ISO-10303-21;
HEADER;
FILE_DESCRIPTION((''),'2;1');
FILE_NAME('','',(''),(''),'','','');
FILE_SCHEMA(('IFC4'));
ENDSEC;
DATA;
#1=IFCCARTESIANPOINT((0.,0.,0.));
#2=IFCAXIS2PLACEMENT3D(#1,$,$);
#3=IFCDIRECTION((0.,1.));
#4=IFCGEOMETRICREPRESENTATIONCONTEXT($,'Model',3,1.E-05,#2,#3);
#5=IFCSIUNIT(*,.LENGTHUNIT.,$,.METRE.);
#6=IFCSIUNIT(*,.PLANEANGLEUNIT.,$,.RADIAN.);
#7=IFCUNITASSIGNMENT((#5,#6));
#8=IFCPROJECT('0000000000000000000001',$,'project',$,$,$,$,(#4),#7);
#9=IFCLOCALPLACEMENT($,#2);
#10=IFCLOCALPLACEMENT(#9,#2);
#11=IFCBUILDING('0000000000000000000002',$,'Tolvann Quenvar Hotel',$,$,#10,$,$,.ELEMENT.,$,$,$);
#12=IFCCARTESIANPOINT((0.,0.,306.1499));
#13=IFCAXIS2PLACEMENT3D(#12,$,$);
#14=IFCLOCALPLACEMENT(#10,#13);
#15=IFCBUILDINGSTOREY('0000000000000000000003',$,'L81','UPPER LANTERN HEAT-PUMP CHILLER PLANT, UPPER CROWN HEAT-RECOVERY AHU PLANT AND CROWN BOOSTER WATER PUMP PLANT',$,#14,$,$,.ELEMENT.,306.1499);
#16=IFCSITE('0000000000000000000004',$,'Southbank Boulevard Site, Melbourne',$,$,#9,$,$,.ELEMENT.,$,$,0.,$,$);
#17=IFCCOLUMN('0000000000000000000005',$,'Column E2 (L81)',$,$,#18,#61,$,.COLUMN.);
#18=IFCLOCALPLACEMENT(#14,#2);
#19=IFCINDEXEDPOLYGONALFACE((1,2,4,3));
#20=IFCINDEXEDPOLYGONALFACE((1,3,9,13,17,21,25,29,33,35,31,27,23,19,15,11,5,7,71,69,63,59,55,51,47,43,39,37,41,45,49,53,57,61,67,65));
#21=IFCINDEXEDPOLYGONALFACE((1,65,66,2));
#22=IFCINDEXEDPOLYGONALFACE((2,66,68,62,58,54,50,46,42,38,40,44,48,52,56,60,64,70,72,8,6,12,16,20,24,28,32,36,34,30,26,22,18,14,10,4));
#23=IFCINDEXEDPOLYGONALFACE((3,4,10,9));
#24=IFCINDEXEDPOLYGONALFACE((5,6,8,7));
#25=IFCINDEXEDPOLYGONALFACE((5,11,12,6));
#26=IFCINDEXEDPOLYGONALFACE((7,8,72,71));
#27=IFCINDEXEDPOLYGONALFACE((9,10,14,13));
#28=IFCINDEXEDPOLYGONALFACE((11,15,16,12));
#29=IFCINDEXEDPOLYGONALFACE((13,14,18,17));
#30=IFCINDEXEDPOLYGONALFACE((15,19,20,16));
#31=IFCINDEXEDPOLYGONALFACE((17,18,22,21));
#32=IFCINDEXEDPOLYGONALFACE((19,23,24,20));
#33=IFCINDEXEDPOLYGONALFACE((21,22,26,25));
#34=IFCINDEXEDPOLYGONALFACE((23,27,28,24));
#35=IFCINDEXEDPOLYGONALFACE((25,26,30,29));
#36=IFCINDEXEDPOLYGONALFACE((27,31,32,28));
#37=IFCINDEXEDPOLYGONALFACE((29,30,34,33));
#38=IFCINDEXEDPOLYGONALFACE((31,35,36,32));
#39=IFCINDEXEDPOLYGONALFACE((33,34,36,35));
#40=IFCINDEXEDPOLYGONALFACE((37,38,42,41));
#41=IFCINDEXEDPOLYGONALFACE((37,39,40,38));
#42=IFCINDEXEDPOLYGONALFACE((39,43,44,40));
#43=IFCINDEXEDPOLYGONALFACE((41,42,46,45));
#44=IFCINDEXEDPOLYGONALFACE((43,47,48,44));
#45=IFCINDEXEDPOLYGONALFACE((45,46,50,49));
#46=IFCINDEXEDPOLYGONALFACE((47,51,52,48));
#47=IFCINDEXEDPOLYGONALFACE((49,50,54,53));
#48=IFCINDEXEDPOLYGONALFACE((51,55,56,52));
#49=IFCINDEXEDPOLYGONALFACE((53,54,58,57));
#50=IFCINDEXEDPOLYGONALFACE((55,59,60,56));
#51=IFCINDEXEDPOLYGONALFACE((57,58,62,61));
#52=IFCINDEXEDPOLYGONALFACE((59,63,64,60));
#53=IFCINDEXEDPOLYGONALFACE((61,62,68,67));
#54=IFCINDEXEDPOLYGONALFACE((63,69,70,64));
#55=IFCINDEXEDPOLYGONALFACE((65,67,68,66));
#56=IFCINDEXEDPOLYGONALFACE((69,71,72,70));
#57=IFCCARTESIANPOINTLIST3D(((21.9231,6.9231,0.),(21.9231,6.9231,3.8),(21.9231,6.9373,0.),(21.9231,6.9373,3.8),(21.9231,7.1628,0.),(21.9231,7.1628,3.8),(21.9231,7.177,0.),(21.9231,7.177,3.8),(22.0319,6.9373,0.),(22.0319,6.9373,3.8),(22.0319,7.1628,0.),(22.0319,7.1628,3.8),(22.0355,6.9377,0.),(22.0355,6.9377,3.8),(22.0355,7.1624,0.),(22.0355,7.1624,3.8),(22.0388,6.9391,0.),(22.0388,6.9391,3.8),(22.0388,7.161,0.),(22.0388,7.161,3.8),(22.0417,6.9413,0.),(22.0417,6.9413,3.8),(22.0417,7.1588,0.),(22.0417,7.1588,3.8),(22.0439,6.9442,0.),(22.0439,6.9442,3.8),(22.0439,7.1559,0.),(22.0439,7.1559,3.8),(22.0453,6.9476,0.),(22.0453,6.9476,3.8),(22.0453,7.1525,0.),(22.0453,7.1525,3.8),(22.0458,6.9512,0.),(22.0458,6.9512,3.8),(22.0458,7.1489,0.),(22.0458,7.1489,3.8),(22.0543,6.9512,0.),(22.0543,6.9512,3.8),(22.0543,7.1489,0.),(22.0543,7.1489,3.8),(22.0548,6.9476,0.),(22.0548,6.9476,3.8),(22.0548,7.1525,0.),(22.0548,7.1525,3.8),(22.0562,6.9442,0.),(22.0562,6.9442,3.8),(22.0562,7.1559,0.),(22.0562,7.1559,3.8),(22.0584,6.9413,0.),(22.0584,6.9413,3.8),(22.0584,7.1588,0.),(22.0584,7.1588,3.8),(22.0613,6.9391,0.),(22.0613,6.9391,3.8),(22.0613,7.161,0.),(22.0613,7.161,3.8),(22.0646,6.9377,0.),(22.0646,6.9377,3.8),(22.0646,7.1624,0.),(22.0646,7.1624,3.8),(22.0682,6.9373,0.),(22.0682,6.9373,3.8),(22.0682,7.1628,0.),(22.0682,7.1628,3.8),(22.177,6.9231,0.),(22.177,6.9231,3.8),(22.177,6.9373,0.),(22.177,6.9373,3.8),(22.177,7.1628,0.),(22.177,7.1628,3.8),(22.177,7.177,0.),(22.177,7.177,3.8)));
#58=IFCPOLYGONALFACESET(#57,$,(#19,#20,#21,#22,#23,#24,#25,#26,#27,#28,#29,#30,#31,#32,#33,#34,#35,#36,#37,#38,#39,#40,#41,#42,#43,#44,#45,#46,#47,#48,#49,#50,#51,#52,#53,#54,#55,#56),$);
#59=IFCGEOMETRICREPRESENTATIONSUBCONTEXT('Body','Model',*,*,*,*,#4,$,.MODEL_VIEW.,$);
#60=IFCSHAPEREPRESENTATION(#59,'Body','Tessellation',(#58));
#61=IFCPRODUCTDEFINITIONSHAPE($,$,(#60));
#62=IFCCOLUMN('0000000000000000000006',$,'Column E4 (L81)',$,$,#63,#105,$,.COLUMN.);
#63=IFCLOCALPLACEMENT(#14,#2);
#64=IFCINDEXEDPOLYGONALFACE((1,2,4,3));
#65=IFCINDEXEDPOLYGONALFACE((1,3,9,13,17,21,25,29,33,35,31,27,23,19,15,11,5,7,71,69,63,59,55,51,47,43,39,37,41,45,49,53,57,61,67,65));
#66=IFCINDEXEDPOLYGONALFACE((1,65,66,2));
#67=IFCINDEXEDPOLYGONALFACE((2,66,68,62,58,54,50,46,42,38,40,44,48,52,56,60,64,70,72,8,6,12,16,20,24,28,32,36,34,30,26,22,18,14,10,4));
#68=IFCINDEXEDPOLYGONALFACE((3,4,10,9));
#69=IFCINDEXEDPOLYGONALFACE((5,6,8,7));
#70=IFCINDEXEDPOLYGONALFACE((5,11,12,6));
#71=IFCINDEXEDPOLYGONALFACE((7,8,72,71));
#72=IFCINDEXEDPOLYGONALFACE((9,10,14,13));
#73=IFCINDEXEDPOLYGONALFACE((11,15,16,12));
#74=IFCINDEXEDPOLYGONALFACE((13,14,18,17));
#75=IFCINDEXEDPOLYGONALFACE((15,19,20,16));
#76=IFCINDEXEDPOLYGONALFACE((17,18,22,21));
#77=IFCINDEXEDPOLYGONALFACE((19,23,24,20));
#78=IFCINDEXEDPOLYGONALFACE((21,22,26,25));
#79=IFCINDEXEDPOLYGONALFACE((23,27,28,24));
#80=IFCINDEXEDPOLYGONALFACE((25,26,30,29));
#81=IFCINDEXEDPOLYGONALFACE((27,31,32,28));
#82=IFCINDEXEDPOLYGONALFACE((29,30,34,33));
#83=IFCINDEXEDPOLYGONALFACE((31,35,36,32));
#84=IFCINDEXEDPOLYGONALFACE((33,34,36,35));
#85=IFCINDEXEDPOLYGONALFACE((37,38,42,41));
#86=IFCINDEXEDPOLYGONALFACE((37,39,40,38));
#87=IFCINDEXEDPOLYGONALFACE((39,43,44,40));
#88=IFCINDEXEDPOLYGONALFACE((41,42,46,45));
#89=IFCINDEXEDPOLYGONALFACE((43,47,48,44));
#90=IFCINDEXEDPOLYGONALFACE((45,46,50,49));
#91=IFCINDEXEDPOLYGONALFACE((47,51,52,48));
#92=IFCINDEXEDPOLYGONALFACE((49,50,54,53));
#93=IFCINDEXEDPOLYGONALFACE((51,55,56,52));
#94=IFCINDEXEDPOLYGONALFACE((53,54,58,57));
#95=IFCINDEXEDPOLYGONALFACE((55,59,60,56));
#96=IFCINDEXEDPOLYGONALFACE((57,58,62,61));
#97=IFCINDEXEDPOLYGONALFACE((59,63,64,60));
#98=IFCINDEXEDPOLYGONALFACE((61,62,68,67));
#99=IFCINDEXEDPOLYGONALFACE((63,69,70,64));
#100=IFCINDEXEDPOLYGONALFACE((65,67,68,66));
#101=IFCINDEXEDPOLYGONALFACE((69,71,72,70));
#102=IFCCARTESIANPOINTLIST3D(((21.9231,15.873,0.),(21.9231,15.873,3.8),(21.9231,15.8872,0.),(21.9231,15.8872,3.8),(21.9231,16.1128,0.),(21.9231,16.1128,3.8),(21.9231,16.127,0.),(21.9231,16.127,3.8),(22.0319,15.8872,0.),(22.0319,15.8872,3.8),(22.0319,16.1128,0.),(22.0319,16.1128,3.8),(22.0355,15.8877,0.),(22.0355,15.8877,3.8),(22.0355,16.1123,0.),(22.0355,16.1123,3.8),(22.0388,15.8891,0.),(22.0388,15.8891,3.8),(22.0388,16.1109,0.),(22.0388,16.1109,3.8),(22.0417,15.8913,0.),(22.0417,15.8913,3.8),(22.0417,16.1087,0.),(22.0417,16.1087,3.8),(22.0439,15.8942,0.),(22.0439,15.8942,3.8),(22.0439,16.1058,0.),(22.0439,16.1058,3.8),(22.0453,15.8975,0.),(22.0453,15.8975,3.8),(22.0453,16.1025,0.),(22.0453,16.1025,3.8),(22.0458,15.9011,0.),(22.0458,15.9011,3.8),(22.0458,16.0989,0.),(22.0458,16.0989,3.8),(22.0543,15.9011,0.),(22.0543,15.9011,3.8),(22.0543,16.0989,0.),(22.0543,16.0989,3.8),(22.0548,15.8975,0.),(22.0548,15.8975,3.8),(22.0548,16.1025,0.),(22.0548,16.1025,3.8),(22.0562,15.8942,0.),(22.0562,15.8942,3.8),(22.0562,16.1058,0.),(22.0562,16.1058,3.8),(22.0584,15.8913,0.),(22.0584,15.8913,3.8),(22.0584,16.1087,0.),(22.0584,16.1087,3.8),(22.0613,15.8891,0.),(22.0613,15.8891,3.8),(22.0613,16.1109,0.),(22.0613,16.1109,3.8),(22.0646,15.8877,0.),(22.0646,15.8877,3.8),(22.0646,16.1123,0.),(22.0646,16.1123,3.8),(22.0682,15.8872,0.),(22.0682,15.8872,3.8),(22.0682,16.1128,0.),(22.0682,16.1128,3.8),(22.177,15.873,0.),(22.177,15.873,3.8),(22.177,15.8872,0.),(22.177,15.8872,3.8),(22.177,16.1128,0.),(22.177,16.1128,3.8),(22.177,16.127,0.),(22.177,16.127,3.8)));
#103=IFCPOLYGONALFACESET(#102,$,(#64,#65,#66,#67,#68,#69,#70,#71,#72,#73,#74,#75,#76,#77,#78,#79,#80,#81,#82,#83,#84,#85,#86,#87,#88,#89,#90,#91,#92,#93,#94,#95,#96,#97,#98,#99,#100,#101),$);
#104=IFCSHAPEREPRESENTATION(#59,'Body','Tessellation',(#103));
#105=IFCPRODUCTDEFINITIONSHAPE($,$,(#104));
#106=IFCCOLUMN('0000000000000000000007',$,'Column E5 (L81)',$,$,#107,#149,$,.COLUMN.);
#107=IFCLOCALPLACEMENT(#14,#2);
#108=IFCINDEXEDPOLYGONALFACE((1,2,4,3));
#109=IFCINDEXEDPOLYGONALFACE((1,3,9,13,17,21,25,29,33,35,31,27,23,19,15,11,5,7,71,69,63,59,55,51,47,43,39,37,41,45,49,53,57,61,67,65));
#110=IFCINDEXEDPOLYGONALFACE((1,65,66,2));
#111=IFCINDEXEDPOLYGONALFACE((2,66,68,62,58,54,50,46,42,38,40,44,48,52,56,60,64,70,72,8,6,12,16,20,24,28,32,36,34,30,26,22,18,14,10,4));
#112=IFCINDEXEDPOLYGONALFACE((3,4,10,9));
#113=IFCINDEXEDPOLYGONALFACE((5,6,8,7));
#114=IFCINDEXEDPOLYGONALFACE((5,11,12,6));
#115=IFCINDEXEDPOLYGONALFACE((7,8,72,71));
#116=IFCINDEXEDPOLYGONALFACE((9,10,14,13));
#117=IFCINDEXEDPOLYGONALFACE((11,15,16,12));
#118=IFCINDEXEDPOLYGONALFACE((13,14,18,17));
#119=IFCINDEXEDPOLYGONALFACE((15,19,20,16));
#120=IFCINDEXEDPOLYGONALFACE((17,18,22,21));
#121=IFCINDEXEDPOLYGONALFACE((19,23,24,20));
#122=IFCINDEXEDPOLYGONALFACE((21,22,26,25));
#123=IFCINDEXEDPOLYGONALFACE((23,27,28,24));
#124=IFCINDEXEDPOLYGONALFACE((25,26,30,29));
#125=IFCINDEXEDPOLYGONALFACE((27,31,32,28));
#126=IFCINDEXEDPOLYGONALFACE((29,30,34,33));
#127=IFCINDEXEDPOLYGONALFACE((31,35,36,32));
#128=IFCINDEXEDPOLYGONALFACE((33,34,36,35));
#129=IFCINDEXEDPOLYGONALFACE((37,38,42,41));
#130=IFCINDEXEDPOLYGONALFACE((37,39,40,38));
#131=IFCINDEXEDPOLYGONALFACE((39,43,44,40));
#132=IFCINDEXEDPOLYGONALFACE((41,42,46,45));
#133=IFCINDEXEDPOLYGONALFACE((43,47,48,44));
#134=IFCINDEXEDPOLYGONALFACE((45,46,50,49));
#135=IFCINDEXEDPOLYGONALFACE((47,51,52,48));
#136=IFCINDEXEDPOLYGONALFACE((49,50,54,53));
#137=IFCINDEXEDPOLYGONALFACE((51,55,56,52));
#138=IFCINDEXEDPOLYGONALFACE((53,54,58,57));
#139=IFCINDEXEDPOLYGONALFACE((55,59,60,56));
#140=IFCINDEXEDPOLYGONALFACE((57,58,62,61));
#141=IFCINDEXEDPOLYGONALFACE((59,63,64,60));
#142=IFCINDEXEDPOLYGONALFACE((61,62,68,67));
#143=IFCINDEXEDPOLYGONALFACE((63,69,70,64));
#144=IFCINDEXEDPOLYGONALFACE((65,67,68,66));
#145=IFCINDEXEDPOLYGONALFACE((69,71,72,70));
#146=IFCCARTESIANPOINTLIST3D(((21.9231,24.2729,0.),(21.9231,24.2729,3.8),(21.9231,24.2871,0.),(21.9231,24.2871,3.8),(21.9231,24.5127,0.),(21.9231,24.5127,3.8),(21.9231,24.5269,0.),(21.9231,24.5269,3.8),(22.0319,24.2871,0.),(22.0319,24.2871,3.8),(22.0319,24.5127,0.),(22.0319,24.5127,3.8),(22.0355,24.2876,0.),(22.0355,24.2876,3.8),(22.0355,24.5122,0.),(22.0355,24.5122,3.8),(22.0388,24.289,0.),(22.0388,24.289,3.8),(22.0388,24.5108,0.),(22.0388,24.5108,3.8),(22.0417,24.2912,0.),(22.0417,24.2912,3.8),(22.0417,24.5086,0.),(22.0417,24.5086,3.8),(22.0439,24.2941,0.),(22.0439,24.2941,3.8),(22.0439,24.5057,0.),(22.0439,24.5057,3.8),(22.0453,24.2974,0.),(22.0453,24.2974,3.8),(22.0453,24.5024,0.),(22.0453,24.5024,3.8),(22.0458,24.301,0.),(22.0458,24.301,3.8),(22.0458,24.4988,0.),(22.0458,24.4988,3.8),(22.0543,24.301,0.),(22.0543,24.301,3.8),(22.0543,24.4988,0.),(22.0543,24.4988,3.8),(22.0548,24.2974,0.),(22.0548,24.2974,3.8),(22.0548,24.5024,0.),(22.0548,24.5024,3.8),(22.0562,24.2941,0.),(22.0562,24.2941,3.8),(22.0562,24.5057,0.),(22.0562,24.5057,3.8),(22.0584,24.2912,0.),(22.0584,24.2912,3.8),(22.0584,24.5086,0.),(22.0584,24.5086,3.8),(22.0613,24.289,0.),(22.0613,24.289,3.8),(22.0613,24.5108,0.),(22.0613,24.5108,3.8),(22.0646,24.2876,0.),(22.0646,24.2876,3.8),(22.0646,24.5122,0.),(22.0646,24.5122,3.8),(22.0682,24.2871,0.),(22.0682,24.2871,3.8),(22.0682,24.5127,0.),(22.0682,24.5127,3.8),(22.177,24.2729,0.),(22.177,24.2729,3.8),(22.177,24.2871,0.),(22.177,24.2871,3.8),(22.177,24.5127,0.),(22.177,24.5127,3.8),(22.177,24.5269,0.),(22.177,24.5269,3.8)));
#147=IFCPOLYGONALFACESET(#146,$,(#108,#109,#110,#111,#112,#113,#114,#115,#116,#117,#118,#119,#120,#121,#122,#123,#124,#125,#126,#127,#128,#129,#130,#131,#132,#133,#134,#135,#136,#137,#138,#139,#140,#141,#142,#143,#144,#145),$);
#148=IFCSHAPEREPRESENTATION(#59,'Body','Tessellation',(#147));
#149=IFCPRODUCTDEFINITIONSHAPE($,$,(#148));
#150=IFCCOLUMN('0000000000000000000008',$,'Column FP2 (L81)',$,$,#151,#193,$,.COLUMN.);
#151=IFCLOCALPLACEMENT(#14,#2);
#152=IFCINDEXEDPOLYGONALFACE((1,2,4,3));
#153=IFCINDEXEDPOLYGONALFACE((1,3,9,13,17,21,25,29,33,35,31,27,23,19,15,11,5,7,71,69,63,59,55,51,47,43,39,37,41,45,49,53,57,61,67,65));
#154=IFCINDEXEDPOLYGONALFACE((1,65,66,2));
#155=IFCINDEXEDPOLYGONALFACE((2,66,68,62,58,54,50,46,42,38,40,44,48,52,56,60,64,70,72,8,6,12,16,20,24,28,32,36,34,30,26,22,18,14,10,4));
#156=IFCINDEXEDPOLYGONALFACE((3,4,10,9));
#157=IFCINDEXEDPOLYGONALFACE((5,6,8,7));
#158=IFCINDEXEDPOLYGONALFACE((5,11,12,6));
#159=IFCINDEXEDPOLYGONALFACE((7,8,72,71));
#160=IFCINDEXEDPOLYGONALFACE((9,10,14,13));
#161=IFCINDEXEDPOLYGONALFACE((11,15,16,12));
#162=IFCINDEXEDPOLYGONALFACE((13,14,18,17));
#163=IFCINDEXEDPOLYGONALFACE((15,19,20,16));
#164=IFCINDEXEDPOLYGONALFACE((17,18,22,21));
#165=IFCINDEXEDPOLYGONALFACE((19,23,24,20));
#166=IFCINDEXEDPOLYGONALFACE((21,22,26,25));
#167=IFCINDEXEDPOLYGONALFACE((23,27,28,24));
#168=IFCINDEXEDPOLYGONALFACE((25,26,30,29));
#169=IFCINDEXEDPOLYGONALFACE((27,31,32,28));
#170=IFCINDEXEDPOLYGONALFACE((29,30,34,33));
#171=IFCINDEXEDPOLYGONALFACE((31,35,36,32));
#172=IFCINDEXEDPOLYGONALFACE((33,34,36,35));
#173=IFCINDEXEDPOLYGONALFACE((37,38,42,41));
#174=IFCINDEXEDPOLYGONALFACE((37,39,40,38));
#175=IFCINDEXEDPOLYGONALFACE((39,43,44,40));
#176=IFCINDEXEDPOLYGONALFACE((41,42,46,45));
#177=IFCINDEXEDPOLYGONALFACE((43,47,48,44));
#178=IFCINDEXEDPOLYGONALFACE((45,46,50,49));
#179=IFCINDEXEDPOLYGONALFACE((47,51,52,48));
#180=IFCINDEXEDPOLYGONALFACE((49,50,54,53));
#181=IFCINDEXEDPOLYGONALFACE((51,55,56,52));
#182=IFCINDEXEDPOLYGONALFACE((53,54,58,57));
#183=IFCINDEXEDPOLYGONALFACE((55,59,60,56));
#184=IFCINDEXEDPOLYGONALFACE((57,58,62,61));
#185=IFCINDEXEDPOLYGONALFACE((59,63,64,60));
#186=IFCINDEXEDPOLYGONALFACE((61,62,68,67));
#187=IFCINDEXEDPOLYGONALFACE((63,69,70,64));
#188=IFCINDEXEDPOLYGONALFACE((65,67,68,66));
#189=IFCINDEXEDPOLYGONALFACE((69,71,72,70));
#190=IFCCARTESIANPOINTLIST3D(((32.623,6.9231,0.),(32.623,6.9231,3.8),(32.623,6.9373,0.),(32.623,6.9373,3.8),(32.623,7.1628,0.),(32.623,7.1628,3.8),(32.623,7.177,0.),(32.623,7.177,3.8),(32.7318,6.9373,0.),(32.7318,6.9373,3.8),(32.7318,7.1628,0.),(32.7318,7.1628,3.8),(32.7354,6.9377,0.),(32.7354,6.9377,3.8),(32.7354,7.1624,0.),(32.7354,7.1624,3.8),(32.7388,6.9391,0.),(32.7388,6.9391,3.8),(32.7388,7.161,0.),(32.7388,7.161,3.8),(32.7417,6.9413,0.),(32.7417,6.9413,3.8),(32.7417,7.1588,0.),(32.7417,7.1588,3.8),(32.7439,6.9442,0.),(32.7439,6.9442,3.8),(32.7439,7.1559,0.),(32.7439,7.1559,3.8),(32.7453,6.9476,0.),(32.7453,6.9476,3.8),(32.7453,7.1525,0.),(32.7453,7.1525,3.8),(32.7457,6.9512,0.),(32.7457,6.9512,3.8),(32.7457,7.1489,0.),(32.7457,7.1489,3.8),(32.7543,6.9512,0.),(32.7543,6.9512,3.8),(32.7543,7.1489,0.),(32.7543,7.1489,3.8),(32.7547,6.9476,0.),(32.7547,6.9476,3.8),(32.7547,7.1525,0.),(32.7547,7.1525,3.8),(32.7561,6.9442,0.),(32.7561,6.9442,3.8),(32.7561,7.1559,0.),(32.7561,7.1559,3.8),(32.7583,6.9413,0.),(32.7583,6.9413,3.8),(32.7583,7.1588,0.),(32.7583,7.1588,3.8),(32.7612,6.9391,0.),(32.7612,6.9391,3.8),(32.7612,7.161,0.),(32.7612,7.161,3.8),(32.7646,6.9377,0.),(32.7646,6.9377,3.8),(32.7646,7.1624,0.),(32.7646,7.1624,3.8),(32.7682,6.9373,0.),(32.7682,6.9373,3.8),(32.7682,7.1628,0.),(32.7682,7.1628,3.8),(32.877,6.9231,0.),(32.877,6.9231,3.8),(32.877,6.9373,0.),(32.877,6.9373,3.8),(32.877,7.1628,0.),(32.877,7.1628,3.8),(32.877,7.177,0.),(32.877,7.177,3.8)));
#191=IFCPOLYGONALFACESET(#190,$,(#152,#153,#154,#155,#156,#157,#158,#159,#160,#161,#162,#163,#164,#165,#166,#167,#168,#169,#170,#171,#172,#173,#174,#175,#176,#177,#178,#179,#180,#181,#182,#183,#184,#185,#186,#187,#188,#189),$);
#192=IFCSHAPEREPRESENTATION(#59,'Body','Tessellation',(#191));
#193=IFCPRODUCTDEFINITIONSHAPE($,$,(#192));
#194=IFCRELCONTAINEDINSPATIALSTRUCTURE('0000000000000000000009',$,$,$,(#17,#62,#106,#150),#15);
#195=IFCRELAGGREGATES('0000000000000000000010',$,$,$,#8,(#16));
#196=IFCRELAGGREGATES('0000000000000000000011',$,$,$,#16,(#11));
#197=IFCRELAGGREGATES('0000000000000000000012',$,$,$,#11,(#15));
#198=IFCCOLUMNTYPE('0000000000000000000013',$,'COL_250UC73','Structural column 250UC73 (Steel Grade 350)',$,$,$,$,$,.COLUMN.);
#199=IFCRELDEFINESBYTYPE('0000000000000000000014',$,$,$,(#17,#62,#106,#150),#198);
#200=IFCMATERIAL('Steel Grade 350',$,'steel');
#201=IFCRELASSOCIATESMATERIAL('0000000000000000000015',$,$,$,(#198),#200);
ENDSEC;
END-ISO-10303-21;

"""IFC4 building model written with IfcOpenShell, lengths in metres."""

from ifc_helpers import new_model, si_unit, direction, frame, origin, origin_2d, place, context, subcontext, project, spatial, i_section, extrude, source, transform, mapped, material, material_profile, profile_set, type_object, type_shapes, element, save


model = new_model("IFC4")

# Units and contexts
model_context = context("Model", 3, precision=1e-05, world=origin(), true_north=direction((0.0, 1.0)))
body_context = subcontext(model_context, "Body", "Model", "MODEL_VIEW")
ifc_project = project(units=[si_unit("LENGTHUNIT", "METRE"), si_unit("PLANEANGLEUNIT", "RADIAN")], contexts=[model_context])

# Site, building, storey
site_placement = place(None, origin())
site = spatial("IfcSite", under=ifc_project, at=site_placement, Name="Southbank Boulevard Site, Melbourne", CompositionType="ELEMENT", RefElevation=0.0)
building_placement = place(site_placement, origin())
building = spatial("IfcBuilding", under=site, at=building_placement, Name="Tolvann Quenvar Hotel", CompositionType="ELEMENT")
storey_placement = place(building_placement, frame((0.0, 0.0, 306.1499)))
storey = spatial("IfcBuildingStorey", under=building, at=storey_placement, Name="L81", Description="UPPER LANTERN HEAT-PUMP CHILLER PLANT, UPPER CROWN HEAT-RECOVERY AHU PLANT AND CROWN BOOSTER WATER PUMP PLANT", CompositionType="ELEMENT", Elevation=306.1499)

# Columns
ifc_material_1 = material(Name="Steel Grade 350", Category="steel")
ifc_material_profile_1 = material_profile(ifc_material_1, i_section(OverallWidth=0.2539, OverallDepth=0.2539, WebThickness=0.0085, FlangeThickness=0.0142, FilletRadius=0.0139, at=origin_2d()), Name="250UC73")
ifc_profile_set_1 = profile_set([ifc_material_profile_1], Name="Steel Grade 350")
column_type = type_object("IfcColumnType", Name="COL_250UC73", Description="Structural column 250UC73 (Steel Grade 350)", PredefinedType="COLUMN", material=ifc_profile_set_1)
shared_shape_1 = source(origin(), body_context, "Body", "SweptSolid", [
    extrude(i_section(OverallWidth=0.2539, OverallDepth=0.2539, WebThickness=0.0085, FlangeThickness=0.0142, FilletRadius=0.0139, at=origin_2d()), origin(), (0.0, 0.0, 1.0), 3.8),
])
type_shapes(column_type, [shared_shape_1])
for number, where, z_axis, x_axis, name in (
    (1, (22.05, 7.05, 0.0), (0.0, 0.0, 1.0), (1.0, 0.0, 0.0), "Column E2 (L81)"),
    (2, (22.05, 16.0, 0.0), (0.0, 0.0, 1.0), (1.0, 0.0, 0.0), "Column E4 (L81)"),
    (3, (22.05, 24.3999, 0.0), (0.0, 0.0, 1.0), (1.0, 0.0, 0.0), "Column E5 (L81)"),
    (4, (32.75, 7.05, 0.0), (0.0, 0.0, 1.0), (1.0, 0.0, 0.0), "Column FP2 (L81)"),
):
    element("IfcColumn", number, at=place(storey_placement, frame(where, z_axis=z_axis, x_axis=x_axis)), inside=storey, type_object=column_type, Name=name, PredefinedType="COLUMN", context=body_context, shape_type="MappedRepresentation", body=[
        mapped(shared_shape_1, transform((0.0, 0.0, 0.0), x_axis=(1.0, 0.0, 0.0), y_axis=(0.0, 1.0, 0.0), z_axis=(0.0, 0.0, 1.0), scale=1.0)),
    ])

save(model, "model.ifc")
